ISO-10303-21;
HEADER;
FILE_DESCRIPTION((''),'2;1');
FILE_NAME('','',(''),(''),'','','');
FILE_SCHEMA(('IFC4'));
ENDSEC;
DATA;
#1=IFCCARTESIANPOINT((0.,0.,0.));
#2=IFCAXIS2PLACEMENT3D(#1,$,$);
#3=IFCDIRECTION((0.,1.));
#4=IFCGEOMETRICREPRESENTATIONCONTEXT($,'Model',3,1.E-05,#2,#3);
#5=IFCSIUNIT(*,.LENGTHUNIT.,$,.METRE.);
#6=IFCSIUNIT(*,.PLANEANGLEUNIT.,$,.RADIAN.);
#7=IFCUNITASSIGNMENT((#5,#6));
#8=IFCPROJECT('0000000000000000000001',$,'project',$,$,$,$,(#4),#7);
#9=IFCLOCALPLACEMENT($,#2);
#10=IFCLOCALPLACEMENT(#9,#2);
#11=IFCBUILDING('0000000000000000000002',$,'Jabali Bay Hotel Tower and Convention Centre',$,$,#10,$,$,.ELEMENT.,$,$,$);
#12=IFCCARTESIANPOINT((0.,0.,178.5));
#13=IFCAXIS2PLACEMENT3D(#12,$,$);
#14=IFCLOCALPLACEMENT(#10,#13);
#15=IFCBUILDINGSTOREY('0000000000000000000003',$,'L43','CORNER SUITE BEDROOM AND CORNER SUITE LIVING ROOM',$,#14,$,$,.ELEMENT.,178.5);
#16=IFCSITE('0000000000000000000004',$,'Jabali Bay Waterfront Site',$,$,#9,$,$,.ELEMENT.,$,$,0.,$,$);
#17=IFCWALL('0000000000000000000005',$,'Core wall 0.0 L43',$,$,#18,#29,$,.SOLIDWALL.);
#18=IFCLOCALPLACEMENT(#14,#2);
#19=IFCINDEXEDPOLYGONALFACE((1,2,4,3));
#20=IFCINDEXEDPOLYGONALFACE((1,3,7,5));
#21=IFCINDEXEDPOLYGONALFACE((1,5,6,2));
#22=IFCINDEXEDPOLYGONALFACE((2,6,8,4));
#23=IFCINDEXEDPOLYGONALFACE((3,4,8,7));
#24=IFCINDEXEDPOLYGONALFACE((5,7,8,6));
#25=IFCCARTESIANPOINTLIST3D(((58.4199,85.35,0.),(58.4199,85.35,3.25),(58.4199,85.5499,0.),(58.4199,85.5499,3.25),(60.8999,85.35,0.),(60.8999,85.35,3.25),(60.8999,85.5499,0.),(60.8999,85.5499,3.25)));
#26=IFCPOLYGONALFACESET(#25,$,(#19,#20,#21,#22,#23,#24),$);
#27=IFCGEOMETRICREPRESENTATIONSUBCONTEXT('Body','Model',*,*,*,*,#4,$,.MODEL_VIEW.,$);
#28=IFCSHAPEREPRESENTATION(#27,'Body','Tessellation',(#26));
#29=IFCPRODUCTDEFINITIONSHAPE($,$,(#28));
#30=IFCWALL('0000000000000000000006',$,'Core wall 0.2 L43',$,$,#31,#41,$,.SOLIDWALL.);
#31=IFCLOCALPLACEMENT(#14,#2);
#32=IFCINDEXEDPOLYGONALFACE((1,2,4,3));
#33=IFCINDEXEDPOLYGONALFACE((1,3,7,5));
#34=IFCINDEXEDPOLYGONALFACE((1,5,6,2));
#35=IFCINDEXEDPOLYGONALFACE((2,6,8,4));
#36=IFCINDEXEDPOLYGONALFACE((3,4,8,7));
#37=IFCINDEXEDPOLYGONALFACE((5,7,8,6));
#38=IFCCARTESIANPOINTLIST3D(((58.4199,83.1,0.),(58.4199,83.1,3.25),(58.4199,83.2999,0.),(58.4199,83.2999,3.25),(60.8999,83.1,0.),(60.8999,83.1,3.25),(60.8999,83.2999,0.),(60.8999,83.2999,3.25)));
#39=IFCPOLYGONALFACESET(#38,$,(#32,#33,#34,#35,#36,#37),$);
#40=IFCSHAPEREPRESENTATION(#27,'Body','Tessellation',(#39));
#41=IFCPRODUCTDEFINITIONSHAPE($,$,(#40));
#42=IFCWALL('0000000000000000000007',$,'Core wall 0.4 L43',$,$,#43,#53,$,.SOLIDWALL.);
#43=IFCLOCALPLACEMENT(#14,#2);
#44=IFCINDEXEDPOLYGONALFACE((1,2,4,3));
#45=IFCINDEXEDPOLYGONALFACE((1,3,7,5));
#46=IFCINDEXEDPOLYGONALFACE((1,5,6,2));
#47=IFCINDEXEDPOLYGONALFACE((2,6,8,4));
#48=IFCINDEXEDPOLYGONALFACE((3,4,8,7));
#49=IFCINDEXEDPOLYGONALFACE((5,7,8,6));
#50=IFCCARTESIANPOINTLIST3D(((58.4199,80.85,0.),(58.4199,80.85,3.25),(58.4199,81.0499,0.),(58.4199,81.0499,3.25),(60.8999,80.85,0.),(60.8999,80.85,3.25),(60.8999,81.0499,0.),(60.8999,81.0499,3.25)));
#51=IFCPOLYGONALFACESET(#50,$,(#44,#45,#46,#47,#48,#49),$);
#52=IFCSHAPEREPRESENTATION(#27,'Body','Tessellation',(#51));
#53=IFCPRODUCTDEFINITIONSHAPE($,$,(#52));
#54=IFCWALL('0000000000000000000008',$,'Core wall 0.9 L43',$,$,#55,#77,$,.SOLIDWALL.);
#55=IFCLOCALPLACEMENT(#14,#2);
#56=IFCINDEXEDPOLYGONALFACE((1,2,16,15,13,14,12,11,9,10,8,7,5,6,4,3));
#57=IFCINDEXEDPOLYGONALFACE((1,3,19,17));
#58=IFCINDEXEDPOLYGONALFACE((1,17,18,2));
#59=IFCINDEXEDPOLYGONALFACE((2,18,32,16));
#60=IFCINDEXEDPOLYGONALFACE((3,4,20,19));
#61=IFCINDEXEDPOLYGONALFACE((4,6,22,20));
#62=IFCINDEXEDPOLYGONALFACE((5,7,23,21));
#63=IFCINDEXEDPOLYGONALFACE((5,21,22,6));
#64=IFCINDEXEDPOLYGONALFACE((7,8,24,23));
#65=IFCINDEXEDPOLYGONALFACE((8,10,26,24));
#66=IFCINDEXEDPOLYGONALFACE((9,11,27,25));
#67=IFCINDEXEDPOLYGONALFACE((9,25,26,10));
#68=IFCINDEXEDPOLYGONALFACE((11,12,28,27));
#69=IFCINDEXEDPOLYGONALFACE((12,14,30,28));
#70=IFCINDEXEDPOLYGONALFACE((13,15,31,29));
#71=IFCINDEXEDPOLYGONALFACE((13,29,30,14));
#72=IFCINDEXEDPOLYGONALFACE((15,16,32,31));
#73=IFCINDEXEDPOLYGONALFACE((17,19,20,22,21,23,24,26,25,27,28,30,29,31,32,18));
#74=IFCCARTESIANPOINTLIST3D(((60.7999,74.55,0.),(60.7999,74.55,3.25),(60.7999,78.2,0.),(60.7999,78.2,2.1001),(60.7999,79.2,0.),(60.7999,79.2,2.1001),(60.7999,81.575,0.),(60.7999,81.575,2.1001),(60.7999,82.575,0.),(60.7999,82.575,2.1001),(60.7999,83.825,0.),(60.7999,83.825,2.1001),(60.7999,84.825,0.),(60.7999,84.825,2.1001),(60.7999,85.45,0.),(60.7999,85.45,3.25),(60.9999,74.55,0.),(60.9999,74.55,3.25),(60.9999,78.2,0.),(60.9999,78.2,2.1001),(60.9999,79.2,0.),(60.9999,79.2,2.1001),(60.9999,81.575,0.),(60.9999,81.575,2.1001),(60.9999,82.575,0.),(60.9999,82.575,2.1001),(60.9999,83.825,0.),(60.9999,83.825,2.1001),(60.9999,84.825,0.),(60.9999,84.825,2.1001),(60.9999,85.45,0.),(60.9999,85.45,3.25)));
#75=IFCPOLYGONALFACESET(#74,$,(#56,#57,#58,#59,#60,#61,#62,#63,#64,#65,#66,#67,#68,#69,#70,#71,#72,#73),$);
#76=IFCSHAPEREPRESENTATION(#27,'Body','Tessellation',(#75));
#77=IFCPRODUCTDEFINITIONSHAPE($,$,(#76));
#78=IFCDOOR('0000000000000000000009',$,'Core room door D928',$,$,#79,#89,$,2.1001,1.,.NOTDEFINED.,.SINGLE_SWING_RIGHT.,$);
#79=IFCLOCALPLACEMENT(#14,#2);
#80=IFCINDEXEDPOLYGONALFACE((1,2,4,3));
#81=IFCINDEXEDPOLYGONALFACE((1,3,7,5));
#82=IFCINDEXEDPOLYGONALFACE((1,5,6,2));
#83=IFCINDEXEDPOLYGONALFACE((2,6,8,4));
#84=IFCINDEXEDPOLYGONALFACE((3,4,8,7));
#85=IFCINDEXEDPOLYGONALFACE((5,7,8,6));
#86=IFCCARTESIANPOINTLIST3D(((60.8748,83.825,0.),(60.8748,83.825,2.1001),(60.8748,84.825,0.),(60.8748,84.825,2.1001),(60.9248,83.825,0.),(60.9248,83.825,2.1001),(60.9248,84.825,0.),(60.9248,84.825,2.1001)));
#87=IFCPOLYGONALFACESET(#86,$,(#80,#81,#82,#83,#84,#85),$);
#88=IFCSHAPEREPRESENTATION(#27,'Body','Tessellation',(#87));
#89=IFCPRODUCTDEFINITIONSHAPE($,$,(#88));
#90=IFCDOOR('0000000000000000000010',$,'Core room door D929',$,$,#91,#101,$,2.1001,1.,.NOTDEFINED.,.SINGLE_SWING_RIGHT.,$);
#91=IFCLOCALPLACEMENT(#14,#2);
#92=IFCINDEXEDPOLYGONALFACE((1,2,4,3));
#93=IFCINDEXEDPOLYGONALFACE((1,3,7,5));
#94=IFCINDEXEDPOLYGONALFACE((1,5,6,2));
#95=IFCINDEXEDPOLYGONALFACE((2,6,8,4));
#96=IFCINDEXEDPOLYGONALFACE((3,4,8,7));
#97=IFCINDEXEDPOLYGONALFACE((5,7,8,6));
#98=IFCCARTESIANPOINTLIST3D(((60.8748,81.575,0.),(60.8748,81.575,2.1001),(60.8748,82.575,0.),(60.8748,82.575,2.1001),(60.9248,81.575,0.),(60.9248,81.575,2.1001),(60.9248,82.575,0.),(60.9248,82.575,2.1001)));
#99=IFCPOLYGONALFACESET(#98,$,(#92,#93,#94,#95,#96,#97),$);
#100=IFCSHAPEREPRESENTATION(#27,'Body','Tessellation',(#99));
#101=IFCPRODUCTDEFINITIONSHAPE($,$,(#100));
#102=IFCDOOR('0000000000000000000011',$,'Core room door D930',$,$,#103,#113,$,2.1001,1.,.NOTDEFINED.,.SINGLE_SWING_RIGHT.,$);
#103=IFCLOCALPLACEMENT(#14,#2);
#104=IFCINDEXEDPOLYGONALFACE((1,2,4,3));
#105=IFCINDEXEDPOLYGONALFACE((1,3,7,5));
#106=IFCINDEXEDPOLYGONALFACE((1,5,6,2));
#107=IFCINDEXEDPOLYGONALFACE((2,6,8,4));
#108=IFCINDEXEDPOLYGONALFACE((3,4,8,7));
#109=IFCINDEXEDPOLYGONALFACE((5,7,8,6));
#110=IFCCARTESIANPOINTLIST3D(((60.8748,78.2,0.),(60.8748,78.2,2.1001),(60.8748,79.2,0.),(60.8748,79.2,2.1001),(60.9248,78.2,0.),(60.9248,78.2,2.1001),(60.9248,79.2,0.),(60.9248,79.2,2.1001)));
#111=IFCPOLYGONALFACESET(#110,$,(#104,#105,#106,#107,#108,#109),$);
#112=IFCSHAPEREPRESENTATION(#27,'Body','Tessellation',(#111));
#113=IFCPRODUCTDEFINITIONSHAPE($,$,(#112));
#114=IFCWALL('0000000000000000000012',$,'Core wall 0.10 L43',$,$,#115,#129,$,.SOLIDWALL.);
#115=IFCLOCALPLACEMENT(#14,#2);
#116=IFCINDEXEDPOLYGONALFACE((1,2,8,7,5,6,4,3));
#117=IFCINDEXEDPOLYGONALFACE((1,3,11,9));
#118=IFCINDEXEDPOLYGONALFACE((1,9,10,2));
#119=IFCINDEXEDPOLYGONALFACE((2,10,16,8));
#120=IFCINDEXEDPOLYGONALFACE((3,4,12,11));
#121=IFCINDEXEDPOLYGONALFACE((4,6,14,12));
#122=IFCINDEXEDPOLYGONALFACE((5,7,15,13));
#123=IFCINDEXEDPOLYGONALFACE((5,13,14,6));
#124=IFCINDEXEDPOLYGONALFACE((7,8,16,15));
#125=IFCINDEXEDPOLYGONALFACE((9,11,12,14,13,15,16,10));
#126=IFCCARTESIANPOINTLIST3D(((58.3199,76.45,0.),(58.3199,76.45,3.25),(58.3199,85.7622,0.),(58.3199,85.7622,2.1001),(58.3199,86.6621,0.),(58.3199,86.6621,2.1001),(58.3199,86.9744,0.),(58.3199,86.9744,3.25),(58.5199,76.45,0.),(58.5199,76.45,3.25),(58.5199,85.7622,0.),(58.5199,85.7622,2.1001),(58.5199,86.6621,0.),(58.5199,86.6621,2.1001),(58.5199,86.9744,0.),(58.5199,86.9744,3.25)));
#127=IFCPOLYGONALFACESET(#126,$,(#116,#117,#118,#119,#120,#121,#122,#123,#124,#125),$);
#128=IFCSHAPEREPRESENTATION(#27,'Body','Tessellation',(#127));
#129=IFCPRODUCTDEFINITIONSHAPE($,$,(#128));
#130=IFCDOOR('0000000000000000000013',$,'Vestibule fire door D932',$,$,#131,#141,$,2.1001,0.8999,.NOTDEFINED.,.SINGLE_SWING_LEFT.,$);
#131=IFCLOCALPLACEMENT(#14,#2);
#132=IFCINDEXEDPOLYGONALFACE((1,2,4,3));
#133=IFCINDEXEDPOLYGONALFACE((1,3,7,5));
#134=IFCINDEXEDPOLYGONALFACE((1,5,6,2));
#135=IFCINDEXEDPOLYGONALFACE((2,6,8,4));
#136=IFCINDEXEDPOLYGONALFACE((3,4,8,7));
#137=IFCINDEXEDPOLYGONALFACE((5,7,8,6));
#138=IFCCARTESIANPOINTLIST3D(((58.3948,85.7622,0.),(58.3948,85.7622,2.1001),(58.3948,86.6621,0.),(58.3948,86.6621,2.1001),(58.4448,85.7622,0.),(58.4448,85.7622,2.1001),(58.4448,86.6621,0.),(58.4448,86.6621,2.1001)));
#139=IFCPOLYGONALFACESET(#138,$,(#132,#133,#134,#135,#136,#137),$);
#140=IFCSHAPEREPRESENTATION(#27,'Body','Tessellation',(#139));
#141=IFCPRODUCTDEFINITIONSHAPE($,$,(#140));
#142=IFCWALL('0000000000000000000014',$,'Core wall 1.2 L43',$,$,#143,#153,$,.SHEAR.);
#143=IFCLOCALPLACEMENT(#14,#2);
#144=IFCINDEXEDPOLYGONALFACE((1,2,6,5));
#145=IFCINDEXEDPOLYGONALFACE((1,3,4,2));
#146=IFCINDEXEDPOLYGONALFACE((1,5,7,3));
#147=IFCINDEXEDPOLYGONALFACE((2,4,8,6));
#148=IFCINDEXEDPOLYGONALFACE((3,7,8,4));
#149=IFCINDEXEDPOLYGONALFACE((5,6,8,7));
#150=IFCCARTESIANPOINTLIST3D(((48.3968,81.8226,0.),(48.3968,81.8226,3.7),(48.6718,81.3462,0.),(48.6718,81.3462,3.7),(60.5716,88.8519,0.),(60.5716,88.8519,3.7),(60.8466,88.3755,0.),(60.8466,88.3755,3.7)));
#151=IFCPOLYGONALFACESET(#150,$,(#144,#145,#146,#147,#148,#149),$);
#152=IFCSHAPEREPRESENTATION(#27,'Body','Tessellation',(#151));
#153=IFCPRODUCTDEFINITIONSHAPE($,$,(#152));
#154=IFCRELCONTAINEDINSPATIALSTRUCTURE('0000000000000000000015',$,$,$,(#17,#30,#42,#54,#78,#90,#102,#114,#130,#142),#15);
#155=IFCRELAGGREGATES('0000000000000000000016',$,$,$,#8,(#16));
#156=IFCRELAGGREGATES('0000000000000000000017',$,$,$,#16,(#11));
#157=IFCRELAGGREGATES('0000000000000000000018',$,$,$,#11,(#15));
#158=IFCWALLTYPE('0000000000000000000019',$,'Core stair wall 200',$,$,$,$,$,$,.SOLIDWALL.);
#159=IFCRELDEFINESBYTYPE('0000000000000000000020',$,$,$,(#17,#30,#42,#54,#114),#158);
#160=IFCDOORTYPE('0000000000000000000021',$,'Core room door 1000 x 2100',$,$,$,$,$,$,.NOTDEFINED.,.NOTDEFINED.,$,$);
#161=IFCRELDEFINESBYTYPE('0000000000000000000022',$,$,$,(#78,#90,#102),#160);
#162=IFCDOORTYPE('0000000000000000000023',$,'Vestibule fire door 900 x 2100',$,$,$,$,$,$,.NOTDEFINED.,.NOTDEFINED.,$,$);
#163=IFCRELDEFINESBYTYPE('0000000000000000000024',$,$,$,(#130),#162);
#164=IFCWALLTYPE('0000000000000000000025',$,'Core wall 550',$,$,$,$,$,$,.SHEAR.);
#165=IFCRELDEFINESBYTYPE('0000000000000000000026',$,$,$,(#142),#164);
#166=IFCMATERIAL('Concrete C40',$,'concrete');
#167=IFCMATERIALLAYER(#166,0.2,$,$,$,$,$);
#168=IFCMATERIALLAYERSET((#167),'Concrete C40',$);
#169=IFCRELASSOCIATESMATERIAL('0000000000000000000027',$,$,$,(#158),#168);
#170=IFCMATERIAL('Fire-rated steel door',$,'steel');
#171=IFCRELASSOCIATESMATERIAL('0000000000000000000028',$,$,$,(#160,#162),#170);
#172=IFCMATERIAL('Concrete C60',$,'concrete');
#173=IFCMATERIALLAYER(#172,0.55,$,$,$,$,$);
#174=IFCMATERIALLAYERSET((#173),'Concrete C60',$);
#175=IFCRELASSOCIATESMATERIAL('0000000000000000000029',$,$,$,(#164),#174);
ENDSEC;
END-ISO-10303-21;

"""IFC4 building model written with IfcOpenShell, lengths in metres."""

from ifc_helpers import new_model, si_unit, direction, frame, frame_2d, origin, place, context, subcontext, project, spatial, rectangle, extrude, material, layer, layer_set, type_object, element, fill, save


model = new_model("IFC4")

# Units and contexts
model_context = context("Model", 3, precision=1e-05, world=origin(), true_north=direction((0.0, 1.0)))
body_context = subcontext(model_context, "Body", "Model", "MODEL_VIEW")
ifc_project = project(units=[si_unit("LENGTHUNIT", "METRE"), si_unit("PLANEANGLEUNIT", "RADIAN")], contexts=[model_context])

# Site, building, storey
site_placement = place(None, origin())
site = spatial("IfcSite", under=ifc_project, at=site_placement, Name="Jabali Bay Waterfront Site", CompositionType="ELEMENT", RefElevation=0.0)
building_placement = place(site_placement, origin())
building = spatial("IfcBuilding", under=site, at=building_placement, Name="Jabali Bay Hotel Tower and Convention Centre", CompositionType="ELEMENT")
storey_placement = place(building_placement, frame((0.0, 0.0, 178.5)))
storey = spatial("IfcBuildingStorey", under=building, at=storey_placement, Name="L43", Description="CORNER SUITE BEDROOM AND CORNER SUITE LIVING ROOM", CompositionType="ELEMENT", Elevation=178.5)

# Walls
ifc_material_1 = material(Name="Concrete C40", Category="concrete")
ifc_layer_1 = layer(ifc_material_1, 0.2)
ifc_layer_set_1 = layer_set([ifc_layer_1], Name="Concrete C40")
wall_type_1 = type_object("IfcWallType", Name="Core stair wall 200", PredefinedType="SOLIDWALL", material=ifc_layer_set_1)
for number, where, z_axis, x_axis, name in (
    (1, (60.8999, 85.45, 0.0), (0.0, 0.0, 1.0), (-1.0, 0.0, 0.0), "Core wall 0.0 L43"),
    (2, (60.8999, 83.2, 0.0), (0.0, 0.0, 1.0), (-1.0, 0.0, 0.0), "Core wall 0.2 L43"),
    (3, (60.8999, 80.95, 0.0), (0.0, 0.0, 1.0), (-1.0, 0.0, 0.0), "Core wall 0.4 L43"),
):
    element("IfcWall", number, at=place(storey_placement, frame(where, z_axis=z_axis, x_axis=x_axis)), inside=storey, type_object=wall_type_1, Name=name, PredefinedType="SOLIDWALL", context=body_context, shape_type="SweptSolid", body=[
        extrude(rectangle(XDim=2.48, YDim=0.2, at=frame_2d((1.24, 0.0))), origin(), (0.0, 0.0, 1.0), 3.25),
    ])

# Wall, openings, doors
wall_1_placement = place(storey_placement, frame((60.8999, 85.45, 0.0), z_axis=(0.0, 0.0, 1.0), x_axis=(0.0, -1.0, 0.0)))
wall_1 = element("IfcWall", 4, at=wall_1_placement, inside=storey, type_object=wall_type_1, Name="Core wall 0.9 L43", PredefinedType="SOLIDWALL", context=body_context, shape_type="SweptSolid", body=[
    extrude(rectangle(XDim=10.8999, YDim=0.2, at=frame_2d((5.45, 0.0))), origin(), (0.0, 0.0, 1.0), 3.25),
])
opening_1_placement = place(wall_1_placement, frame((0.625, 0.0, 0.0)))
opening_1 = element("IfcOpeningElement", 5, at=opening_1_placement, cuts=wall_1, PredefinedType="OPENING", context=body_context, shape_type="SweptSolid", body=[
    extrude(rectangle(XDim=1.0, YDim=2.1001, at=frame_2d((0.5, 1.05))), frame((0.0, 0.1104, 0.0), z_axis=(0.0, -1.0, 0.0), x_axis=(1.0, 0.0, 0.0)), (0.0, 0.0, 1.0), 0.2209),
])
opening_2_placement = place(wall_1_placement, frame((2.875, 0.0, 0.0)))
opening_2 = element("IfcOpeningElement", 6, at=opening_2_placement, cuts=wall_1, PredefinedType="OPENING", context=body_context, shape_type="SweptSolid", body=[
    extrude(rectangle(XDim=1.0, YDim=2.1001, at=frame_2d((0.5, 1.05))), frame((0.0, 0.1104, 0.0), z_axis=(0.0, -1.0, 0.0), x_axis=(1.0, 0.0, 0.0)), (0.0, 0.0, 1.0), 0.2209),
])
opening_3_placement = place(wall_1_placement, frame((6.25, 0.0, 0.0)))
opening_3 = element("IfcOpeningElement", 7, at=opening_3_placement, cuts=wall_1, PredefinedType="OPENING", context=body_context, shape_type="SweptSolid", body=[
    extrude(rectangle(XDim=1.0, YDim=2.1001, at=frame_2d((0.5, 1.05))), frame((0.0, 0.1104, 0.0), z_axis=(0.0, -1.0, 0.0), x_axis=(1.0, 0.0, 0.0)), (0.0, 0.0, 1.0), 0.2209),
])
ifc_material_2 = material(Name="Fire-rated steel door", Category="steel")
door_type_1 = type_object("IfcDoorType", Name="Core room door 1000 x 2100", OperationType="NOTDEFINED", PredefinedType="NOTDEFINED", material=ifc_material_2)
door_1_placement = place(opening_1_placement, origin())
door_1 = element("IfcDoor", 8, at=door_1_placement, inside=storey, type_object=door_type_1, Name="Core room door D928", OperationType="SINGLE_SWING_RIGHT", OverallHeight=2.1001, OverallWidth=1.0, PredefinedType="NOTDEFINED", context=body_context, shape_type="SweptSolid", body=[
    extrude(rectangle(XDim=1.0, YDim=2.1001, at=frame_2d((0.5, 1.05))), frame((0.0, 0.0249, 0.0), z_axis=(0.0, -1.0, 0.0), x_axis=(1.0, 0.0, 0.0)), (0.0, 0.0, 1.0), 0.05),
])
fill(opening_1, door_1)
door_2_placement = place(opening_2_placement, origin())
door_2 = element("IfcDoor", 9, at=door_2_placement, inside=storey, type_object=door_type_1, Name="Core room door D929", OperationType="SINGLE_SWING_RIGHT", OverallHeight=2.1001, OverallWidth=1.0, PredefinedType="NOTDEFINED", context=body_context, shape_type="SweptSolid", body=[
    extrude(rectangle(XDim=1.0, YDim=2.1001, at=frame_2d((0.5, 1.05))), frame((0.0, 0.0249, 0.0), z_axis=(0.0, -1.0, 0.0), x_axis=(1.0, 0.0, 0.0)), (0.0, 0.0, 1.0), 0.05),
])
fill(opening_2, door_2)
door_3_placement = place(opening_3_placement, origin())
door_3 = element("IfcDoor", 10, at=door_3_placement, inside=storey, type_object=door_type_1, Name="Core room door D930", OperationType="SINGLE_SWING_RIGHT", OverallHeight=2.1001, OverallWidth=1.0, PredefinedType="NOTDEFINED", context=body_context, shape_type="SweptSolid", body=[
    extrude(rectangle(XDim=1.0, YDim=2.1001, at=frame_2d((0.5, 1.05))), frame((0.0, 0.0249, 0.0), z_axis=(0.0, -1.0, 0.0), x_axis=(1.0, 0.0, 0.0)), (0.0, 0.0, 1.0), 0.05),
])
fill(opening_3, door_3)

# Wall, opening, door
wall_2_placement = place(storey_placement, frame((58.4199, 86.9744, 0.0), z_axis=(0.0, 0.0, 1.0), x_axis=(0.0, -1.0, 0.0)))
wall_2 = element("IfcWall", 11, at=wall_2_placement, inside=storey, type_object=wall_type_1, Name="Core wall 0.10 L43", PredefinedType="SOLIDWALL", context=body_context, shape_type="SweptSolid", body=[
    extrude(rectangle(XDim=10.5244, YDim=0.2, at=frame_2d((5.2622, 0.0))), origin(), (0.0, 0.0, 1.0), 3.25),
])
opening_4_placement = place(wall_2_placement, frame((0.3123, 0.0, 0.0)))
opening_4 = element("IfcOpeningElement", 12, at=opening_4_placement, cuts=wall_2, PredefinedType="OPENING", context=body_context, shape_type="SweptSolid", body=[
    extrude(rectangle(XDim=0.8999, YDim=2.1001, at=frame_2d((0.45, 1.05))), frame((0.0, 0.1104, 0.0), z_axis=(0.0, -1.0, 0.0), x_axis=(1.0, 0.0, 0.0)), (0.0, 0.0, 1.0), 0.2209),
])
door_type_2 = type_object("IfcDoorType", Name="Vestibule fire door 900 x 2100", OperationType="NOTDEFINED", PredefinedType="NOTDEFINED", material=ifc_material_2)
door_4_placement = place(opening_4_placement, origin())
door_4 = element("IfcDoor", 13, at=door_4_placement, inside=storey, type_object=door_type_2, Name="Vestibule fire door D932", OperationType="SINGLE_SWING_LEFT", OverallHeight=2.1001, OverallWidth=0.8999, PredefinedType="NOTDEFINED", context=body_context, shape_type="SweptSolid", body=[
    extrude(rectangle(XDim=0.8999, YDim=2.1001, at=frame_2d((0.45, 1.05))), frame((0.0, 0.0249, 0.0), z_axis=(0.0, -1.0, 0.0), x_axis=(1.0, 0.0, 0.0)), (0.0, 0.0, 1.0), 0.05),
])
fill(opening_4, door_4)

# Wall
ifc_material_3 = material(Name="Concrete C60", Category="concrete")
ifc_layer_2 = layer(ifc_material_3, 0.55)
ifc_layer_set_2 = layer_set([ifc_layer_2], Name="Concrete C60")
wall_type_2 = type_object("IfcWallType", Name="Core wall 550", PredefinedType="SHEAR", material=ifc_layer_set_2)
wall_3_placement = place(storey_placement, frame((60.7092, 88.6138, 0.0), z_axis=(0.0, 0.0, 1.0), x_axis=(-0.86602, -0.500009, 0.0)))
element("IfcWall", 14, at=wall_3_placement, inside=storey, type_object=wall_type_2, Name="Core wall 1.2 L43", PredefinedType="SHEAR", context=body_context, shape_type="SweptSolid", body=[
    extrude(rectangle(XDim=14.0583, YDim=0.55, at=frame_2d((7.0293, 0.0))), origin(), (0.0, 0.0, 1.0), 3.7),
])

save(model, "model.ifc")
